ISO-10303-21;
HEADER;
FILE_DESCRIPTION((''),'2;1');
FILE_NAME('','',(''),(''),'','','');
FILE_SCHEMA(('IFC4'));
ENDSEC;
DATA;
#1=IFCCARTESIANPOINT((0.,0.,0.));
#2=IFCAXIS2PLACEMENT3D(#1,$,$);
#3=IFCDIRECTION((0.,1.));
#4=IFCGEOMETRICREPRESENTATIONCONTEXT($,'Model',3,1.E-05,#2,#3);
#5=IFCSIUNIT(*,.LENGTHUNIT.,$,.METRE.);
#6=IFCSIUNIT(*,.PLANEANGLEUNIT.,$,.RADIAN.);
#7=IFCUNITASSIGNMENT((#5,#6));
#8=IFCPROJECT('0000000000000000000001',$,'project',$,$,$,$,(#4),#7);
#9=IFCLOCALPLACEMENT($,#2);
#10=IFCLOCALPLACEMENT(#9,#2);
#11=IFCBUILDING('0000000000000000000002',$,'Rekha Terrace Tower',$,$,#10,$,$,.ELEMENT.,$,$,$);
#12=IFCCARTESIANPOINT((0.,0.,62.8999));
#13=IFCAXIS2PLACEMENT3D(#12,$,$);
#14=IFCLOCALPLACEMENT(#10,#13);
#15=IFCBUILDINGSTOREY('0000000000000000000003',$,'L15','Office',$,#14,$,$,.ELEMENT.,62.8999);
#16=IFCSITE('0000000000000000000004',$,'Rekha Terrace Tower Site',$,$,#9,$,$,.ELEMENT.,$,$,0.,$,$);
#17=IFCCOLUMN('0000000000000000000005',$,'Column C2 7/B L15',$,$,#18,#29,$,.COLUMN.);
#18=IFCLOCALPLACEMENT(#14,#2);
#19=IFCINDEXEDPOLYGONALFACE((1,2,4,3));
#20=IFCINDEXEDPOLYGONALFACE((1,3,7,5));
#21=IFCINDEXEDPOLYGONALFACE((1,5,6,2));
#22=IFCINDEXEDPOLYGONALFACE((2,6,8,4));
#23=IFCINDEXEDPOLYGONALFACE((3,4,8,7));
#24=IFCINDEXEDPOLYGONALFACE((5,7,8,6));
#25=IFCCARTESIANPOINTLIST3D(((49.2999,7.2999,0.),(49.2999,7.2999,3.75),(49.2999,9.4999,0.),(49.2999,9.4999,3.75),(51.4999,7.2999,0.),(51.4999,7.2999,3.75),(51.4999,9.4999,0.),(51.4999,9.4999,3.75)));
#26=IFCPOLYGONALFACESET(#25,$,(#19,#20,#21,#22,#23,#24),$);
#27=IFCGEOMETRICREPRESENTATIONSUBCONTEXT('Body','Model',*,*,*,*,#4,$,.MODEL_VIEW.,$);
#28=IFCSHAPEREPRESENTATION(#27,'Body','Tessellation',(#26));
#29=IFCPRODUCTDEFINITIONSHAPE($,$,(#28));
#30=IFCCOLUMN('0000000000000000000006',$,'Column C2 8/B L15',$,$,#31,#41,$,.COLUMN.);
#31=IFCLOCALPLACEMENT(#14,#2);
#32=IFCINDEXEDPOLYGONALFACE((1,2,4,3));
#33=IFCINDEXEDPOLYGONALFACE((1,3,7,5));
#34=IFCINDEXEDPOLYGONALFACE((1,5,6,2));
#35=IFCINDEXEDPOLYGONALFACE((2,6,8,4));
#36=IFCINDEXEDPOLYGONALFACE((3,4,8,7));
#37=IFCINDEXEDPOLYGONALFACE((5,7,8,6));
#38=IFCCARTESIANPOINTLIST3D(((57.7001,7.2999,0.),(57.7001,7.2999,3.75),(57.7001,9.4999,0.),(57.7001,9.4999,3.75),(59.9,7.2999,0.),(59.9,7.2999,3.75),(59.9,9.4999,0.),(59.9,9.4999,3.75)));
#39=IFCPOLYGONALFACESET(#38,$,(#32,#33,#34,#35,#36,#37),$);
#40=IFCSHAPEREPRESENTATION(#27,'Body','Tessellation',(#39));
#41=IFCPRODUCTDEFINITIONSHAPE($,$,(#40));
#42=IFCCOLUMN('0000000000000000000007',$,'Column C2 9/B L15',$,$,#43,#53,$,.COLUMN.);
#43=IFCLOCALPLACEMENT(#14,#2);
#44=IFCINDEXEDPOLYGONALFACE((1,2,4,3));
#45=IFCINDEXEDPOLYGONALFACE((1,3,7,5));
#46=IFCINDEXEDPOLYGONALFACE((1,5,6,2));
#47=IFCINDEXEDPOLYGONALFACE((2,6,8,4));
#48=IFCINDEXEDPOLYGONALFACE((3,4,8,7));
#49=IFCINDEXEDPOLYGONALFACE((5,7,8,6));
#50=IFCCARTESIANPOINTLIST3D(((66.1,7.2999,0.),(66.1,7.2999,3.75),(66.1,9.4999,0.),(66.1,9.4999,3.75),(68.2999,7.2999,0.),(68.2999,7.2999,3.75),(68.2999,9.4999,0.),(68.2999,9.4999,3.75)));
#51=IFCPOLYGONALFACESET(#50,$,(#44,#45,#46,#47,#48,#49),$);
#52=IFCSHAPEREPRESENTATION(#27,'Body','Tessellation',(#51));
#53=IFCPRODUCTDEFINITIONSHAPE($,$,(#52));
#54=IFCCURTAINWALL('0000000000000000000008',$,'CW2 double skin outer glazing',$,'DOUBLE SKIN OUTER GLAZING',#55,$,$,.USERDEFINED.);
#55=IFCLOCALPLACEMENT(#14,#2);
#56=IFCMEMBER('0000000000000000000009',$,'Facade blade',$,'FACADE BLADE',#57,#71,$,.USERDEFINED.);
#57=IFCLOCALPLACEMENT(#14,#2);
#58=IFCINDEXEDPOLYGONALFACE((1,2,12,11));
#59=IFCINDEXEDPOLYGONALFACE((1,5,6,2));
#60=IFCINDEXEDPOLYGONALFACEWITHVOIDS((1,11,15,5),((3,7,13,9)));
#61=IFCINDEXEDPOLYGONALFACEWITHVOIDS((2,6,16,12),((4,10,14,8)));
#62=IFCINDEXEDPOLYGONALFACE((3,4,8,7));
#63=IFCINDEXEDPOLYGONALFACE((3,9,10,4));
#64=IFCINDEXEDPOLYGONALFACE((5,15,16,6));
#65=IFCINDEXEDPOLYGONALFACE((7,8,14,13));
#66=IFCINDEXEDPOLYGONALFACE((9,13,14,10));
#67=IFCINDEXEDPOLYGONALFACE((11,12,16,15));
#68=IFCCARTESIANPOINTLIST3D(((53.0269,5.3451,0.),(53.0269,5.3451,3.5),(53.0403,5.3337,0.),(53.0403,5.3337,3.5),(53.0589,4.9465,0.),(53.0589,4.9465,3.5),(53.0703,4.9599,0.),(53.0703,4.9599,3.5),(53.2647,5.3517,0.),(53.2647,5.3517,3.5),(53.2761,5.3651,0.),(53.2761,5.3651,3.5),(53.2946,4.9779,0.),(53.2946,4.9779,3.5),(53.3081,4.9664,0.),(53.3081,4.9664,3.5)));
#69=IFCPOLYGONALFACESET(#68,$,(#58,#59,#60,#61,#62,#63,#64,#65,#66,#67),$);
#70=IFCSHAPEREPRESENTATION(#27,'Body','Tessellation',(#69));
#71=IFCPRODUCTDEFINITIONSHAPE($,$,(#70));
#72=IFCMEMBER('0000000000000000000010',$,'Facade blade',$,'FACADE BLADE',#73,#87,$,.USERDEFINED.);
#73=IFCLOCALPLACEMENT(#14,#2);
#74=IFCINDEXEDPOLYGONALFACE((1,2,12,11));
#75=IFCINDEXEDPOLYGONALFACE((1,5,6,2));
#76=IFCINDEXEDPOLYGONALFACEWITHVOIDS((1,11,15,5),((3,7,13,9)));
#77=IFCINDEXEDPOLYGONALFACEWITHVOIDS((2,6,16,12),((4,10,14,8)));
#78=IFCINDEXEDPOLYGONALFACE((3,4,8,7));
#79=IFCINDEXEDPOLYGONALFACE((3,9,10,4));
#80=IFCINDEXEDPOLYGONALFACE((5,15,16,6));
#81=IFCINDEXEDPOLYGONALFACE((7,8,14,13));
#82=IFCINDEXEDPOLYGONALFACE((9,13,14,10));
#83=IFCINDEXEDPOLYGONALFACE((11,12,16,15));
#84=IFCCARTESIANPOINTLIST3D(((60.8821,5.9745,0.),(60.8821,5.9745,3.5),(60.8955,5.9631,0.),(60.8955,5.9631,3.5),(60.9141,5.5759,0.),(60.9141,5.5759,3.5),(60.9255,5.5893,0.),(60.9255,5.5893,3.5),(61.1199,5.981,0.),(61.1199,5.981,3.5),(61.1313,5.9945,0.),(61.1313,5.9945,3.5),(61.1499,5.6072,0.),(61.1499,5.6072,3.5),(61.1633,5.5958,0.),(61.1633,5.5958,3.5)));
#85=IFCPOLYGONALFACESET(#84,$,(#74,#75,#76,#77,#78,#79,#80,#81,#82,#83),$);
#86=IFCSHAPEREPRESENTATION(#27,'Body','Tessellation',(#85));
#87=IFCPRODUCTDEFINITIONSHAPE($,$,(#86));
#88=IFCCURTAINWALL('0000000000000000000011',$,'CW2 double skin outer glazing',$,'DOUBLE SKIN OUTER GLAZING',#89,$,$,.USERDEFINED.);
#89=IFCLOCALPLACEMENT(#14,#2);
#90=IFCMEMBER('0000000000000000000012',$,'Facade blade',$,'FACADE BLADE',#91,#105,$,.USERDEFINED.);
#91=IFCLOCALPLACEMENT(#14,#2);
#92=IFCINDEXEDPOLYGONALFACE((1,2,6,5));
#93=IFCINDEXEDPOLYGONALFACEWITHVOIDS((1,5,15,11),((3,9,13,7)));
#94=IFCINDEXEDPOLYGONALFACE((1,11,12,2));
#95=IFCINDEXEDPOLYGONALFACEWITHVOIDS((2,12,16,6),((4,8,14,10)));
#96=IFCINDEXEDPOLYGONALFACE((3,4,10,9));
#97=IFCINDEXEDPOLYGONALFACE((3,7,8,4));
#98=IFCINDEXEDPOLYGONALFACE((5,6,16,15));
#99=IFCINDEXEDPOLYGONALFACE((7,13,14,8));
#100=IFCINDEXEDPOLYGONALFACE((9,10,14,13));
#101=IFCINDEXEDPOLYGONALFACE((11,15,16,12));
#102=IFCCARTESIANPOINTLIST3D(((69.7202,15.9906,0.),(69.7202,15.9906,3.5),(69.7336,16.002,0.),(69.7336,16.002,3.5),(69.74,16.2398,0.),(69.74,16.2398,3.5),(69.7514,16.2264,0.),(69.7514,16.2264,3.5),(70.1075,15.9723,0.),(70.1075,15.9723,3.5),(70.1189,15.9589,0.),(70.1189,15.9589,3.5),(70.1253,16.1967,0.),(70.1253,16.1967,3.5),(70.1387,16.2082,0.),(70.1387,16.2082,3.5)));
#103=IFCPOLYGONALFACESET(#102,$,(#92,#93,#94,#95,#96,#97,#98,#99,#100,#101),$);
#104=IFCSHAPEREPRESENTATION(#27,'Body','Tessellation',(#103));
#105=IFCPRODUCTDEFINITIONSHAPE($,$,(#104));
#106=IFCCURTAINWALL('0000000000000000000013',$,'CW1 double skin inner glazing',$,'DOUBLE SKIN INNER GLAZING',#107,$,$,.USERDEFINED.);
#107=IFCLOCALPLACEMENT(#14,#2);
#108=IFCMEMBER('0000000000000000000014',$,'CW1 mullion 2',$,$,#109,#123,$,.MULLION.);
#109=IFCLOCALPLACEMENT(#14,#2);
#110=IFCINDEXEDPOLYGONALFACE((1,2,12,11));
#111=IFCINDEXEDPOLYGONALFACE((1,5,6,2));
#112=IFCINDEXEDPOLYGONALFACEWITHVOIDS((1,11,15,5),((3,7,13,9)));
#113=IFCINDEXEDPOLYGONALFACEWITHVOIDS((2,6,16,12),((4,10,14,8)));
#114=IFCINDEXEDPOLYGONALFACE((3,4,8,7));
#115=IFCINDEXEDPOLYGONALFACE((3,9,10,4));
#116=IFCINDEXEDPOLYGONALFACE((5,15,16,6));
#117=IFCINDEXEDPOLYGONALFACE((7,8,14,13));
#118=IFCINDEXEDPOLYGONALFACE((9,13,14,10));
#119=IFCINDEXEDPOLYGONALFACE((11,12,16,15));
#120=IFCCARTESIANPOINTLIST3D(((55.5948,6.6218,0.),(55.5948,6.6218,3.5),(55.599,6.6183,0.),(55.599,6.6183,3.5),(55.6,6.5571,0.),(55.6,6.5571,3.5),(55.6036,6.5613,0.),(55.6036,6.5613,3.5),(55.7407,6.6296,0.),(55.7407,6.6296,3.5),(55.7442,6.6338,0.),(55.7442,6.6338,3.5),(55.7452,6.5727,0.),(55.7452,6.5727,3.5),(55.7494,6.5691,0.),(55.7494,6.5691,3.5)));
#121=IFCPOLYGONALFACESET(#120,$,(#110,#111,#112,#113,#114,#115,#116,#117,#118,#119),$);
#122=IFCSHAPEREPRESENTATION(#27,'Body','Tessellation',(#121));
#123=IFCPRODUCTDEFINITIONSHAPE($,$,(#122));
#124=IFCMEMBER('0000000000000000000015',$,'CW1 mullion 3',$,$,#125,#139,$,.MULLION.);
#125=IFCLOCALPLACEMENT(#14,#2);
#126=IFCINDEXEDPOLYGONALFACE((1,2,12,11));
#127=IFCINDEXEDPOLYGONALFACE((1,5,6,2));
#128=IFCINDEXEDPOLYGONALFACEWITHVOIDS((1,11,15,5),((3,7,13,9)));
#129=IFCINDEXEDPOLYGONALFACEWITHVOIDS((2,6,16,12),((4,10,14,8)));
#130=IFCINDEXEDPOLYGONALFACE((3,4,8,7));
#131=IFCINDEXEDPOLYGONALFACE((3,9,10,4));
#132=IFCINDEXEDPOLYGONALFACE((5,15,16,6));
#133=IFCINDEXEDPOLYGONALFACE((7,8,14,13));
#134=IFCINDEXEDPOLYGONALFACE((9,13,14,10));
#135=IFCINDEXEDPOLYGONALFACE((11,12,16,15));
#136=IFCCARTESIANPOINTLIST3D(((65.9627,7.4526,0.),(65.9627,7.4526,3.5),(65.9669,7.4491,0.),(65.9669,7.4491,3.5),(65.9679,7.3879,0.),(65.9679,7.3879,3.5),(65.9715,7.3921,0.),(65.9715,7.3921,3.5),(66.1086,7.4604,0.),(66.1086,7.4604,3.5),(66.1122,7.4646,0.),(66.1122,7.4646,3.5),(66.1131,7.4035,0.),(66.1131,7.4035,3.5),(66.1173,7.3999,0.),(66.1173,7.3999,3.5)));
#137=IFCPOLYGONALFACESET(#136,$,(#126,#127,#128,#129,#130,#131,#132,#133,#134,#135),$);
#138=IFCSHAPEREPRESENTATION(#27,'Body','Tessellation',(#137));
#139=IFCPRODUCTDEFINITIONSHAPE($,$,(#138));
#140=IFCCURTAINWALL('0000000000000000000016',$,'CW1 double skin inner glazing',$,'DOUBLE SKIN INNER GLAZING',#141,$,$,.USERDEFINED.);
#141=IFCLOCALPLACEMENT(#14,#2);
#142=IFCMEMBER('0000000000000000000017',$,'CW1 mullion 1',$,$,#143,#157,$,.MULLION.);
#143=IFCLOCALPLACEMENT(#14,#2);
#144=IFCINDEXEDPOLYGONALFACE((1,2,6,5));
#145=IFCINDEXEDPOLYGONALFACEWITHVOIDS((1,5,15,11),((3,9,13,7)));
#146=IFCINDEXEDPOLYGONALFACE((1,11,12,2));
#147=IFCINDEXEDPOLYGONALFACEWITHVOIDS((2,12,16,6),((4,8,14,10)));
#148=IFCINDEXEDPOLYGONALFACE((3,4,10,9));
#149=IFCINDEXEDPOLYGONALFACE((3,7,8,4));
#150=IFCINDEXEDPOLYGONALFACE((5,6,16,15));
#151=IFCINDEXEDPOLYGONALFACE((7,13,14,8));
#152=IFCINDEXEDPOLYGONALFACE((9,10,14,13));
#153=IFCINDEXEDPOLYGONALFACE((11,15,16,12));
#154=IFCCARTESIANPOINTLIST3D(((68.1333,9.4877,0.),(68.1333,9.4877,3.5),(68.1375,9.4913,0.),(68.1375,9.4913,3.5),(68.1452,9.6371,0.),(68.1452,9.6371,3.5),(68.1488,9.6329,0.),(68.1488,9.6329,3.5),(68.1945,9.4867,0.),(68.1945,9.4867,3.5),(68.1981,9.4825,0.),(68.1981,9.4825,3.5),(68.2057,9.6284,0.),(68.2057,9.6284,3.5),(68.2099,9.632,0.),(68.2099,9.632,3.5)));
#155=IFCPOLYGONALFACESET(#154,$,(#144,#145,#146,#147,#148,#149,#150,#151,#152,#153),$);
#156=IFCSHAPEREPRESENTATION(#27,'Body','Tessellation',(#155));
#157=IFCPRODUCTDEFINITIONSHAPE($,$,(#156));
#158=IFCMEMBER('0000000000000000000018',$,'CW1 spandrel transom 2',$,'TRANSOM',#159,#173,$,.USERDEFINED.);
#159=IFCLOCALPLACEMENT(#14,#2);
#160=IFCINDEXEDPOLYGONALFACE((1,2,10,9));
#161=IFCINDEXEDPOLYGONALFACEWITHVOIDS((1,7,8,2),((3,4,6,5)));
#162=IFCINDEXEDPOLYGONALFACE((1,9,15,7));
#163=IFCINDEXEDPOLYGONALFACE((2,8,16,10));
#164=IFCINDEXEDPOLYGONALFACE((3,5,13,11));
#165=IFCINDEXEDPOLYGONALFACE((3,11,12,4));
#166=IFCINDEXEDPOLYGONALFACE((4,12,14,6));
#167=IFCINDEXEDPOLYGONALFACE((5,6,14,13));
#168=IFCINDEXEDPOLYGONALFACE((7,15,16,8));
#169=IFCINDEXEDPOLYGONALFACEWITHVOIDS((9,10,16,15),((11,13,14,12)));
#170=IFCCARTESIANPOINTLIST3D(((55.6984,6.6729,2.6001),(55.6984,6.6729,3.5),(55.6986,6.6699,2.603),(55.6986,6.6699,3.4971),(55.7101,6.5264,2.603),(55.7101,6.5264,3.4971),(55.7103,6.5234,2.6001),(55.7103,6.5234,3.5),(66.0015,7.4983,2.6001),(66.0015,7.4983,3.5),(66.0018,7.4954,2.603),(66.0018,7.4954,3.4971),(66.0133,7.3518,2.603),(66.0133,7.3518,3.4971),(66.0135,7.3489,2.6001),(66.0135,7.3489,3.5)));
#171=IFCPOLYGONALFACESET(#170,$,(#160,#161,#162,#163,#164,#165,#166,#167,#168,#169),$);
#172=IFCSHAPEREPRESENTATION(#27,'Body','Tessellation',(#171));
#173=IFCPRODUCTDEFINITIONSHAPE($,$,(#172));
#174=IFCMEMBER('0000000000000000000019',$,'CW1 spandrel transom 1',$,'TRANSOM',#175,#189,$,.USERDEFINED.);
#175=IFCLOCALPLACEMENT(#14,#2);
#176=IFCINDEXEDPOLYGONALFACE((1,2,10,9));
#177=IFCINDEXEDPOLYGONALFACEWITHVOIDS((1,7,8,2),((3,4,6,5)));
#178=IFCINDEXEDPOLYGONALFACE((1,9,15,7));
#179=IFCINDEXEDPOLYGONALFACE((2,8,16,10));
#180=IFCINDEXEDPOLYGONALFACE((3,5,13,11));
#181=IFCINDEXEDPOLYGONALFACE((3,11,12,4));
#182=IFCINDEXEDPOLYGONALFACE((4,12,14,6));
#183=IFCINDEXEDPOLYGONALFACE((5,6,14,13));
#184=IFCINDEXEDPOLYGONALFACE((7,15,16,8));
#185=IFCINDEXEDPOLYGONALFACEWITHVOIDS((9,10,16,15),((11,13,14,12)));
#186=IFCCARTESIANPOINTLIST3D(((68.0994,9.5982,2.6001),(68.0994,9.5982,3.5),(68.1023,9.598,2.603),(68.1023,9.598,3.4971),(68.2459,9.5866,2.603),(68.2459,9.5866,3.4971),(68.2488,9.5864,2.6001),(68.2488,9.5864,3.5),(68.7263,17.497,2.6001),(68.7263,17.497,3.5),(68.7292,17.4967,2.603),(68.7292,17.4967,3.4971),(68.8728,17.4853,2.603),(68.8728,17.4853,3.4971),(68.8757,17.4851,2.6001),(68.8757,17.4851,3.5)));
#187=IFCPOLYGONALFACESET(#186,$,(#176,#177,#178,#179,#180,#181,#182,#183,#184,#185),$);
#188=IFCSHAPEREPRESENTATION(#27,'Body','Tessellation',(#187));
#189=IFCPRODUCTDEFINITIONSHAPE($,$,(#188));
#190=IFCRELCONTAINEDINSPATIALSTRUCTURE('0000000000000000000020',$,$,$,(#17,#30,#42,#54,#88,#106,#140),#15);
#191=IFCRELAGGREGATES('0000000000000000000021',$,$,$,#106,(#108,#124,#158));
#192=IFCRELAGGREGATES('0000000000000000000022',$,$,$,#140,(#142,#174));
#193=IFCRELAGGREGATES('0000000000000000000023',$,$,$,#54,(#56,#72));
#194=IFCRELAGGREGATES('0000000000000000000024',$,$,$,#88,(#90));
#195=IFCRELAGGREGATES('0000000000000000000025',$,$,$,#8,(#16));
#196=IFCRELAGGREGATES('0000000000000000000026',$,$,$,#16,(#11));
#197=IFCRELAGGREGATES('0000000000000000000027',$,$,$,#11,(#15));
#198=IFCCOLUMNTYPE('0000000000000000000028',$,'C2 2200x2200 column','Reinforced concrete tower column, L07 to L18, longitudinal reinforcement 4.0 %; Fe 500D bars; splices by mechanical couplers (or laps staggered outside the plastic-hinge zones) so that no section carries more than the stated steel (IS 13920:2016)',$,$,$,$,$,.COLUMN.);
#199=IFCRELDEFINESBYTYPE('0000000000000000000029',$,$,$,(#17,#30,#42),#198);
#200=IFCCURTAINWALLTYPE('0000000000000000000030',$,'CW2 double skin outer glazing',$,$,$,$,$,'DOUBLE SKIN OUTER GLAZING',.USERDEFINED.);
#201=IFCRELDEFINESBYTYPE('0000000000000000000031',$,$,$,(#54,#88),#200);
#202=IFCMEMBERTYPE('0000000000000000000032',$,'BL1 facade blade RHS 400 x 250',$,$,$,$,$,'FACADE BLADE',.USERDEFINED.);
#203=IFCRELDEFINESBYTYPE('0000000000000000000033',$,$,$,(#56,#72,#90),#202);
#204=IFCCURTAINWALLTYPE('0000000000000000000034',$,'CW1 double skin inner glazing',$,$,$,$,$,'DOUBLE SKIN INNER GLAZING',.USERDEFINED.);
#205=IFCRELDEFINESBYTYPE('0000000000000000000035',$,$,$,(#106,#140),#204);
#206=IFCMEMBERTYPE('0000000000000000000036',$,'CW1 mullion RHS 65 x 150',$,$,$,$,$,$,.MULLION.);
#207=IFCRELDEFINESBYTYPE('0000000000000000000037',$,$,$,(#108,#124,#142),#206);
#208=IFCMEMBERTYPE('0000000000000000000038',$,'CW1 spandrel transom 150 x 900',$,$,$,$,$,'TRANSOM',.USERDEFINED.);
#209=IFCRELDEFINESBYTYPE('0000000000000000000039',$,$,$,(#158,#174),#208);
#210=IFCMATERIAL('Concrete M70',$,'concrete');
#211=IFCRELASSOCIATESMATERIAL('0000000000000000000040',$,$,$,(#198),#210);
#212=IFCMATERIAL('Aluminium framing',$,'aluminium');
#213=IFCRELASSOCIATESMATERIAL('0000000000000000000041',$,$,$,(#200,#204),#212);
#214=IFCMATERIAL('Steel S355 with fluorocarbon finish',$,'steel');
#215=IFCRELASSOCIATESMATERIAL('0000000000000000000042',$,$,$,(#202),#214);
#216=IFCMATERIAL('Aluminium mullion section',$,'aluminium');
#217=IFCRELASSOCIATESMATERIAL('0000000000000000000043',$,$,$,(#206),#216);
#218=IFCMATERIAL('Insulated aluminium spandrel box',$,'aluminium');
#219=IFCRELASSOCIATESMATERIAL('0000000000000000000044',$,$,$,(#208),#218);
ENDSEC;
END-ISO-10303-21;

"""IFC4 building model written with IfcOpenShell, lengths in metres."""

from ifc_helpers import new_model, si_unit, direction, frame, origin, origin_2d, place, context, subcontext, project, spatial, rectangle, hollow_rectangle, extrude, material, material_profile, profile_set, type_object, element, aggregate, save


model = new_model("IFC4")

# Units and contexts
model_context = context("Model", 3, precision=1e-05, world=origin(), true_north=direction((0.0, 1.0)))
body_context = subcontext(model_context, "Body", "Model", "MODEL_VIEW")
ifc_project = project(units=[si_unit("LENGTHUNIT", "METRE"), si_unit("PLANEANGLEUNIT", "RADIAN")], contexts=[model_context])

# Site, building, storey
site_placement = place(None, origin())
site = spatial("IfcSite", under=ifc_project, at=site_placement, Name="Rekha Terrace Tower Site", CompositionType="ELEMENT", RefElevation=0.0)
building_placement = place(site_placement, origin())
building = spatial("IfcBuilding", under=site, at=building_placement, Name="Rekha Terrace Tower", CompositionType="ELEMENT")
storey_placement = place(building_placement, frame((0.0, 0.0, 62.8999)))
storey = spatial("IfcBuildingStorey", under=building, at=storey_placement, Name="L15", Description="Office", CompositionType="ELEMENT", Elevation=62.8999)

# Columns
ifc_material_1 = material(Name="Concrete M70", Category="concrete")
ifc_material_profile_1 = material_profile(ifc_material_1, rectangle(XDim=2.2, YDim=2.2, at=origin_2d()), Name="RC 2200x2200")
ifc_profile_set_1 = profile_set([ifc_material_profile_1], Name="Concrete M70")
column_type = type_object("IfcColumnType", Name="C2 2200x2200 column", Description="Reinforced concrete tower column, L07 to L18, longitudinal reinforcement 4.0 %; Fe 500D bars; splices by mechanical couplers (or laps staggered outside the plastic-hinge zones) so that no section carries more than the stated steel (IS 13920:2016)", PredefinedType="COLUMN", material=ifc_profile_set_1)
for number, where, z_axis, x_axis, name in (
    (1, (50.3999, 8.3999, 0.0), (0.0, 0.0, 1.0), (1.0, 0.0, 0.0), "Column C2 7/B L15"),
    (2, (58.8, 8.3999, 0.0), (0.0, 0.0, 1.0), (1.0, 0.0, 0.0), "Column C2 8/B L15"),
    (3, (67.2, 8.3999, 0.0), (0.0, 0.0, 1.0), (1.0, 0.0, 0.0), "Column C2 9/B L15"),
):
    element("IfcColumn", number, at=place(storey_placement, frame(where, z_axis=z_axis, x_axis=x_axis)), inside=storey, type_object=column_type, Name=name, PredefinedType="COLUMN", context=body_context, shape_type="SweptSolid", body=[
        extrude(rectangle(XDim=2.2, YDim=2.2, at=origin_2d()), origin(), (0.0, 0.0, 1.0), 3.75),
    ])

# Curtain wall, members
ifc_material_2 = material(Name="Aluminium framing", Category="aluminium")
curtain_wall_type_1 = type_object("IfcCurtainWallType", Name="CW2 double skin outer glazing", ElementType="DOUBLE SKIN OUTER GLAZING", PredefinedType="USERDEFINED", material=ifc_material_2)
curtain_wall_1_placement = place(storey_placement, origin())
curtain_wall_1 = element("IfcCurtainWall", 4, at=curtain_wall_1_placement, inside=storey, type_object=curtain_wall_type_1, Name="CW2 double skin outer glazing", ObjectType="DOUBLE SKIN OUTER GLAZING", PredefinedType="USERDEFINED")
ifc_material_3 = material(Name="Steel S355 with fluorocarbon finish", Category="steel")
ifc_material_profile_2 = material_profile(ifc_material_3, hollow_rectangle(XDim=0.25, YDim=0.3999, WallThickness=0.0125, at=origin_2d()), Name="RHS400x250x12.5")
ifc_profile_set_2 = profile_set([ifc_material_profile_2], Name="Steel S355 with fluorocarbon finish")
member_type_1 = type_object("IfcMemberType", Name="BL1 facade blade RHS 400 x 250", ElementType="FACADE BLADE", PredefinedType="USERDEFINED", material=ifc_profile_set_2)
member_1_placement = place(storey_placement, frame((53.1675, 5.1558, 0.0), z_axis=(0.0, 0.0, 1.0), x_axis=(0.996805, 0.079872, 0.0)))
member_1 = element("IfcMember", 5, at=member_1_placement, type_object=member_type_1, Name="Facade blade", ObjectType="FACADE BLADE", PredefinedType="USERDEFINED", context=body_context, shape_type="SweptSolid", body=[
    extrude(hollow_rectangle(XDim=0.25, YDim=0.3999, WallThickness=0.0125, at=origin_2d()), origin(), (0.0, 0.0, 1.0), 3.5),
])
member_2_placement = place(storey_placement, frame((61.0227, 5.7852, 0.0), z_axis=(0.0, 0.0, 1.0), x_axis=(0.996805, 0.079872, 0.0)))
member_2 = element("IfcMember", 6, at=member_2_placement, type_object=member_type_1, Name="Facade blade", ObjectType="FACADE BLADE", PredefinedType="USERDEFINED", context=body_context, shape_type="SweptSolid", body=[
    extrude(hollow_rectangle(XDim=0.25, YDim=0.3999, WallThickness=0.0125, at=origin_2d()), origin(), (0.0, 0.0, 1.0), 3.5),
])

# Curtain wall, member
curtain_wall_2_placement = place(storey_placement, origin())
curtain_wall_2 = element("IfcCurtainWall", 7, at=curtain_wall_2_placement, inside=storey, type_object=curtain_wall_type_1, Name="CW2 double skin outer glazing", ObjectType="DOUBLE SKIN OUTER GLAZING", PredefinedType="USERDEFINED")
member_3_placement = place(storey_placement, frame((69.9294, 16.0994, 0.0), z_axis=(0.0, 0.0, 1.0), x_axis=(0.079117, 0.996865, 0.0)))
member_3 = element("IfcMember", 8, at=member_3_placement, type_object=member_type_1, Name="Facade blade", ObjectType="FACADE BLADE", PredefinedType="USERDEFINED", context=body_context, shape_type="SweptSolid", body=[
    extrude(hollow_rectangle(XDim=0.25, YDim=0.3999, WallThickness=0.0125, at=origin_2d()), origin(), (0.0, 0.0, 1.0), 3.5),
])

# Curtain wall, members
curtain_wall_type_2 = type_object("IfcCurtainWallType", Name="CW1 double skin inner glazing", ElementType="DOUBLE SKIN INNER GLAZING", PredefinedType="USERDEFINED", material=ifc_material_2)
curtain_wall_3_placement = place(storey_placement, origin())
curtain_wall_3 = element("IfcCurtainWall", 9, at=curtain_wall_3_placement, inside=storey, type_object=curtain_wall_type_2, Name="CW1 double skin inner glazing", ObjectType="DOUBLE SKIN INNER GLAZING", PredefinedType="USERDEFINED")
ifc_material_4 = material(Name="Aluminium mullion section", Category="aluminium")
ifc_material_profile_3 = material_profile(ifc_material_4, hollow_rectangle(XDim=0.0649, YDim=0.1499, WallThickness=0.0039, at=origin_2d()), Name="AL RHS 65x150")
ifc_profile_set_3 = profile_set([ifc_material_profile_3], Name="Aluminium mullion section")
member_type_2 = type_object("IfcMemberType", Name="CW1 mullion RHS 65 x 150", PredefinedType="MULLION", material=ifc_profile_set_3)
member_4_placement = place(storey_placement, frame((55.6721, 6.5955, 0.0), z_axis=(0.0, 0.0, 1.0), x_axis=(-0.079872, 0.996805, 0.0)))
member_4 = element("IfcMember", 10, at=member_4_placement, type_object=member_type_2, Name="CW1 mullion 2", PredefinedType="MULLION", context=body_context, shape_type="SweptSolid", body=[
    extrude(hollow_rectangle(XDim=0.0649, YDim=0.1499, WallThickness=0.0039, at=origin_2d()), origin(), (0.0, 0.0, 1.0), 3.5),
])
member_5_placement = place(storey_placement, frame((66.04, 7.4263, 0.0), z_axis=(0.0, 0.0, 1.0), x_axis=(-0.079872, 0.996805, 0.0)))
member_5 = element("IfcMember", 11, at=member_5_placement, type_object=member_type_2, Name="CW1 mullion 3", PredefinedType="MULLION", context=body_context, shape_type="SweptSolid", body=[
    extrude(hollow_rectangle(XDim=0.0649, YDim=0.1499, WallThickness=0.0039, at=origin_2d()), origin(), (0.0, 0.0, 1.0), 3.5),
])

# Curtain wall, member
curtain_wall_4_placement = place(storey_placement, origin())
curtain_wall_4 = element("IfcCurtainWall", 12, at=curtain_wall_4_placement, inside=storey, type_object=curtain_wall_type_2, Name="CW1 double skin inner glazing", ObjectType="DOUBLE SKIN INNER GLAZING", PredefinedType="USERDEFINED")
member_6_placement = place(storey_placement, frame((68.1716, 9.5598, 0.0), z_axis=(0.0, 0.0, 1.0), x_axis=(-0.996865, 0.079116, 0.0)))
member_6 = element("IfcMember", 13, at=member_6_placement, type_object=member_type_2, Name="CW1 mullion 1", PredefinedType="MULLION", context=body_context, shape_type="SweptSolid", body=[
    extrude(hollow_rectangle(XDim=0.0649, YDim=0.1499, WallThickness=0.0039, at=origin_2d()), origin(), (0.0, 0.0, 1.0), 3.5),
])

# Members
ifc_material_5 = material(Name="Insulated aluminium spandrel box", Category="aluminium")
ifc_material_profile_4 = material_profile(ifc_material_5, hollow_rectangle(XDim=0.1499, YDim=0.8999, WallThickness=0.0029, at=origin_2d()), Name="AL SPANDREL BOX 150x900")
ifc_profile_set_4 = profile_set([ifc_material_profile_4], Name="Insulated aluminium spandrel box")
member_type_3 = type_object("IfcMemberType", Name="CW1 spandrel transom 150 x 900", ElementType="TRANSOM", PredefinedType="USERDEFINED", material=ifc_profile_set_4)
member_7_placement = place(storey_placement, frame((55.7043, 6.5981, 3.05), z_axis=(0.996806, 0.079859, 0.0), x_axis=(-0.079859, 0.996806, 0.0)))
member_7 = element("IfcMember", 14, at=member_7_placement, type_object=member_type_3, Name="CW1 spandrel transom 2", ObjectType="TRANSOM", PredefinedType="USERDEFINED", context=body_context, shape_type="SweptSolid", body=[
    extrude(hollow_rectangle(XDim=0.1499, YDim=0.8999, WallThickness=0.0029, at=origin_2d()), origin(), (0.0, 0.0, 1.0), 10.3362),
])
member_8_placement = place(storey_placement, frame((68.1741, 9.5923, 3.05), z_axis=(0.079126, 0.996865, 0.0), x_axis=(-0.996865, 0.079126, 0.0)))
member_8 = element("IfcMember", 15, at=member_8_placement, type_object=member_type_3, Name="CW1 spandrel transom 1", ObjectType="TRANSOM", PredefinedType="USERDEFINED", context=body_context, shape_type="SweptSolid", body=[
    extrude(hollow_rectangle(XDim=0.1499, YDim=0.8999, WallThickness=0.0029, at=origin_2d()), origin(), (0.0, 0.0, 1.0), 7.9236),
])

aggregate(curtain_wall_3, [member_4, member_5, member_7])
aggregate(curtain_wall_4, [member_6, member_8])
aggregate(curtain_wall_1, [member_1, member_2])
aggregate(curtain_wall_2, [member_3])

save(model, "model.ifc")
